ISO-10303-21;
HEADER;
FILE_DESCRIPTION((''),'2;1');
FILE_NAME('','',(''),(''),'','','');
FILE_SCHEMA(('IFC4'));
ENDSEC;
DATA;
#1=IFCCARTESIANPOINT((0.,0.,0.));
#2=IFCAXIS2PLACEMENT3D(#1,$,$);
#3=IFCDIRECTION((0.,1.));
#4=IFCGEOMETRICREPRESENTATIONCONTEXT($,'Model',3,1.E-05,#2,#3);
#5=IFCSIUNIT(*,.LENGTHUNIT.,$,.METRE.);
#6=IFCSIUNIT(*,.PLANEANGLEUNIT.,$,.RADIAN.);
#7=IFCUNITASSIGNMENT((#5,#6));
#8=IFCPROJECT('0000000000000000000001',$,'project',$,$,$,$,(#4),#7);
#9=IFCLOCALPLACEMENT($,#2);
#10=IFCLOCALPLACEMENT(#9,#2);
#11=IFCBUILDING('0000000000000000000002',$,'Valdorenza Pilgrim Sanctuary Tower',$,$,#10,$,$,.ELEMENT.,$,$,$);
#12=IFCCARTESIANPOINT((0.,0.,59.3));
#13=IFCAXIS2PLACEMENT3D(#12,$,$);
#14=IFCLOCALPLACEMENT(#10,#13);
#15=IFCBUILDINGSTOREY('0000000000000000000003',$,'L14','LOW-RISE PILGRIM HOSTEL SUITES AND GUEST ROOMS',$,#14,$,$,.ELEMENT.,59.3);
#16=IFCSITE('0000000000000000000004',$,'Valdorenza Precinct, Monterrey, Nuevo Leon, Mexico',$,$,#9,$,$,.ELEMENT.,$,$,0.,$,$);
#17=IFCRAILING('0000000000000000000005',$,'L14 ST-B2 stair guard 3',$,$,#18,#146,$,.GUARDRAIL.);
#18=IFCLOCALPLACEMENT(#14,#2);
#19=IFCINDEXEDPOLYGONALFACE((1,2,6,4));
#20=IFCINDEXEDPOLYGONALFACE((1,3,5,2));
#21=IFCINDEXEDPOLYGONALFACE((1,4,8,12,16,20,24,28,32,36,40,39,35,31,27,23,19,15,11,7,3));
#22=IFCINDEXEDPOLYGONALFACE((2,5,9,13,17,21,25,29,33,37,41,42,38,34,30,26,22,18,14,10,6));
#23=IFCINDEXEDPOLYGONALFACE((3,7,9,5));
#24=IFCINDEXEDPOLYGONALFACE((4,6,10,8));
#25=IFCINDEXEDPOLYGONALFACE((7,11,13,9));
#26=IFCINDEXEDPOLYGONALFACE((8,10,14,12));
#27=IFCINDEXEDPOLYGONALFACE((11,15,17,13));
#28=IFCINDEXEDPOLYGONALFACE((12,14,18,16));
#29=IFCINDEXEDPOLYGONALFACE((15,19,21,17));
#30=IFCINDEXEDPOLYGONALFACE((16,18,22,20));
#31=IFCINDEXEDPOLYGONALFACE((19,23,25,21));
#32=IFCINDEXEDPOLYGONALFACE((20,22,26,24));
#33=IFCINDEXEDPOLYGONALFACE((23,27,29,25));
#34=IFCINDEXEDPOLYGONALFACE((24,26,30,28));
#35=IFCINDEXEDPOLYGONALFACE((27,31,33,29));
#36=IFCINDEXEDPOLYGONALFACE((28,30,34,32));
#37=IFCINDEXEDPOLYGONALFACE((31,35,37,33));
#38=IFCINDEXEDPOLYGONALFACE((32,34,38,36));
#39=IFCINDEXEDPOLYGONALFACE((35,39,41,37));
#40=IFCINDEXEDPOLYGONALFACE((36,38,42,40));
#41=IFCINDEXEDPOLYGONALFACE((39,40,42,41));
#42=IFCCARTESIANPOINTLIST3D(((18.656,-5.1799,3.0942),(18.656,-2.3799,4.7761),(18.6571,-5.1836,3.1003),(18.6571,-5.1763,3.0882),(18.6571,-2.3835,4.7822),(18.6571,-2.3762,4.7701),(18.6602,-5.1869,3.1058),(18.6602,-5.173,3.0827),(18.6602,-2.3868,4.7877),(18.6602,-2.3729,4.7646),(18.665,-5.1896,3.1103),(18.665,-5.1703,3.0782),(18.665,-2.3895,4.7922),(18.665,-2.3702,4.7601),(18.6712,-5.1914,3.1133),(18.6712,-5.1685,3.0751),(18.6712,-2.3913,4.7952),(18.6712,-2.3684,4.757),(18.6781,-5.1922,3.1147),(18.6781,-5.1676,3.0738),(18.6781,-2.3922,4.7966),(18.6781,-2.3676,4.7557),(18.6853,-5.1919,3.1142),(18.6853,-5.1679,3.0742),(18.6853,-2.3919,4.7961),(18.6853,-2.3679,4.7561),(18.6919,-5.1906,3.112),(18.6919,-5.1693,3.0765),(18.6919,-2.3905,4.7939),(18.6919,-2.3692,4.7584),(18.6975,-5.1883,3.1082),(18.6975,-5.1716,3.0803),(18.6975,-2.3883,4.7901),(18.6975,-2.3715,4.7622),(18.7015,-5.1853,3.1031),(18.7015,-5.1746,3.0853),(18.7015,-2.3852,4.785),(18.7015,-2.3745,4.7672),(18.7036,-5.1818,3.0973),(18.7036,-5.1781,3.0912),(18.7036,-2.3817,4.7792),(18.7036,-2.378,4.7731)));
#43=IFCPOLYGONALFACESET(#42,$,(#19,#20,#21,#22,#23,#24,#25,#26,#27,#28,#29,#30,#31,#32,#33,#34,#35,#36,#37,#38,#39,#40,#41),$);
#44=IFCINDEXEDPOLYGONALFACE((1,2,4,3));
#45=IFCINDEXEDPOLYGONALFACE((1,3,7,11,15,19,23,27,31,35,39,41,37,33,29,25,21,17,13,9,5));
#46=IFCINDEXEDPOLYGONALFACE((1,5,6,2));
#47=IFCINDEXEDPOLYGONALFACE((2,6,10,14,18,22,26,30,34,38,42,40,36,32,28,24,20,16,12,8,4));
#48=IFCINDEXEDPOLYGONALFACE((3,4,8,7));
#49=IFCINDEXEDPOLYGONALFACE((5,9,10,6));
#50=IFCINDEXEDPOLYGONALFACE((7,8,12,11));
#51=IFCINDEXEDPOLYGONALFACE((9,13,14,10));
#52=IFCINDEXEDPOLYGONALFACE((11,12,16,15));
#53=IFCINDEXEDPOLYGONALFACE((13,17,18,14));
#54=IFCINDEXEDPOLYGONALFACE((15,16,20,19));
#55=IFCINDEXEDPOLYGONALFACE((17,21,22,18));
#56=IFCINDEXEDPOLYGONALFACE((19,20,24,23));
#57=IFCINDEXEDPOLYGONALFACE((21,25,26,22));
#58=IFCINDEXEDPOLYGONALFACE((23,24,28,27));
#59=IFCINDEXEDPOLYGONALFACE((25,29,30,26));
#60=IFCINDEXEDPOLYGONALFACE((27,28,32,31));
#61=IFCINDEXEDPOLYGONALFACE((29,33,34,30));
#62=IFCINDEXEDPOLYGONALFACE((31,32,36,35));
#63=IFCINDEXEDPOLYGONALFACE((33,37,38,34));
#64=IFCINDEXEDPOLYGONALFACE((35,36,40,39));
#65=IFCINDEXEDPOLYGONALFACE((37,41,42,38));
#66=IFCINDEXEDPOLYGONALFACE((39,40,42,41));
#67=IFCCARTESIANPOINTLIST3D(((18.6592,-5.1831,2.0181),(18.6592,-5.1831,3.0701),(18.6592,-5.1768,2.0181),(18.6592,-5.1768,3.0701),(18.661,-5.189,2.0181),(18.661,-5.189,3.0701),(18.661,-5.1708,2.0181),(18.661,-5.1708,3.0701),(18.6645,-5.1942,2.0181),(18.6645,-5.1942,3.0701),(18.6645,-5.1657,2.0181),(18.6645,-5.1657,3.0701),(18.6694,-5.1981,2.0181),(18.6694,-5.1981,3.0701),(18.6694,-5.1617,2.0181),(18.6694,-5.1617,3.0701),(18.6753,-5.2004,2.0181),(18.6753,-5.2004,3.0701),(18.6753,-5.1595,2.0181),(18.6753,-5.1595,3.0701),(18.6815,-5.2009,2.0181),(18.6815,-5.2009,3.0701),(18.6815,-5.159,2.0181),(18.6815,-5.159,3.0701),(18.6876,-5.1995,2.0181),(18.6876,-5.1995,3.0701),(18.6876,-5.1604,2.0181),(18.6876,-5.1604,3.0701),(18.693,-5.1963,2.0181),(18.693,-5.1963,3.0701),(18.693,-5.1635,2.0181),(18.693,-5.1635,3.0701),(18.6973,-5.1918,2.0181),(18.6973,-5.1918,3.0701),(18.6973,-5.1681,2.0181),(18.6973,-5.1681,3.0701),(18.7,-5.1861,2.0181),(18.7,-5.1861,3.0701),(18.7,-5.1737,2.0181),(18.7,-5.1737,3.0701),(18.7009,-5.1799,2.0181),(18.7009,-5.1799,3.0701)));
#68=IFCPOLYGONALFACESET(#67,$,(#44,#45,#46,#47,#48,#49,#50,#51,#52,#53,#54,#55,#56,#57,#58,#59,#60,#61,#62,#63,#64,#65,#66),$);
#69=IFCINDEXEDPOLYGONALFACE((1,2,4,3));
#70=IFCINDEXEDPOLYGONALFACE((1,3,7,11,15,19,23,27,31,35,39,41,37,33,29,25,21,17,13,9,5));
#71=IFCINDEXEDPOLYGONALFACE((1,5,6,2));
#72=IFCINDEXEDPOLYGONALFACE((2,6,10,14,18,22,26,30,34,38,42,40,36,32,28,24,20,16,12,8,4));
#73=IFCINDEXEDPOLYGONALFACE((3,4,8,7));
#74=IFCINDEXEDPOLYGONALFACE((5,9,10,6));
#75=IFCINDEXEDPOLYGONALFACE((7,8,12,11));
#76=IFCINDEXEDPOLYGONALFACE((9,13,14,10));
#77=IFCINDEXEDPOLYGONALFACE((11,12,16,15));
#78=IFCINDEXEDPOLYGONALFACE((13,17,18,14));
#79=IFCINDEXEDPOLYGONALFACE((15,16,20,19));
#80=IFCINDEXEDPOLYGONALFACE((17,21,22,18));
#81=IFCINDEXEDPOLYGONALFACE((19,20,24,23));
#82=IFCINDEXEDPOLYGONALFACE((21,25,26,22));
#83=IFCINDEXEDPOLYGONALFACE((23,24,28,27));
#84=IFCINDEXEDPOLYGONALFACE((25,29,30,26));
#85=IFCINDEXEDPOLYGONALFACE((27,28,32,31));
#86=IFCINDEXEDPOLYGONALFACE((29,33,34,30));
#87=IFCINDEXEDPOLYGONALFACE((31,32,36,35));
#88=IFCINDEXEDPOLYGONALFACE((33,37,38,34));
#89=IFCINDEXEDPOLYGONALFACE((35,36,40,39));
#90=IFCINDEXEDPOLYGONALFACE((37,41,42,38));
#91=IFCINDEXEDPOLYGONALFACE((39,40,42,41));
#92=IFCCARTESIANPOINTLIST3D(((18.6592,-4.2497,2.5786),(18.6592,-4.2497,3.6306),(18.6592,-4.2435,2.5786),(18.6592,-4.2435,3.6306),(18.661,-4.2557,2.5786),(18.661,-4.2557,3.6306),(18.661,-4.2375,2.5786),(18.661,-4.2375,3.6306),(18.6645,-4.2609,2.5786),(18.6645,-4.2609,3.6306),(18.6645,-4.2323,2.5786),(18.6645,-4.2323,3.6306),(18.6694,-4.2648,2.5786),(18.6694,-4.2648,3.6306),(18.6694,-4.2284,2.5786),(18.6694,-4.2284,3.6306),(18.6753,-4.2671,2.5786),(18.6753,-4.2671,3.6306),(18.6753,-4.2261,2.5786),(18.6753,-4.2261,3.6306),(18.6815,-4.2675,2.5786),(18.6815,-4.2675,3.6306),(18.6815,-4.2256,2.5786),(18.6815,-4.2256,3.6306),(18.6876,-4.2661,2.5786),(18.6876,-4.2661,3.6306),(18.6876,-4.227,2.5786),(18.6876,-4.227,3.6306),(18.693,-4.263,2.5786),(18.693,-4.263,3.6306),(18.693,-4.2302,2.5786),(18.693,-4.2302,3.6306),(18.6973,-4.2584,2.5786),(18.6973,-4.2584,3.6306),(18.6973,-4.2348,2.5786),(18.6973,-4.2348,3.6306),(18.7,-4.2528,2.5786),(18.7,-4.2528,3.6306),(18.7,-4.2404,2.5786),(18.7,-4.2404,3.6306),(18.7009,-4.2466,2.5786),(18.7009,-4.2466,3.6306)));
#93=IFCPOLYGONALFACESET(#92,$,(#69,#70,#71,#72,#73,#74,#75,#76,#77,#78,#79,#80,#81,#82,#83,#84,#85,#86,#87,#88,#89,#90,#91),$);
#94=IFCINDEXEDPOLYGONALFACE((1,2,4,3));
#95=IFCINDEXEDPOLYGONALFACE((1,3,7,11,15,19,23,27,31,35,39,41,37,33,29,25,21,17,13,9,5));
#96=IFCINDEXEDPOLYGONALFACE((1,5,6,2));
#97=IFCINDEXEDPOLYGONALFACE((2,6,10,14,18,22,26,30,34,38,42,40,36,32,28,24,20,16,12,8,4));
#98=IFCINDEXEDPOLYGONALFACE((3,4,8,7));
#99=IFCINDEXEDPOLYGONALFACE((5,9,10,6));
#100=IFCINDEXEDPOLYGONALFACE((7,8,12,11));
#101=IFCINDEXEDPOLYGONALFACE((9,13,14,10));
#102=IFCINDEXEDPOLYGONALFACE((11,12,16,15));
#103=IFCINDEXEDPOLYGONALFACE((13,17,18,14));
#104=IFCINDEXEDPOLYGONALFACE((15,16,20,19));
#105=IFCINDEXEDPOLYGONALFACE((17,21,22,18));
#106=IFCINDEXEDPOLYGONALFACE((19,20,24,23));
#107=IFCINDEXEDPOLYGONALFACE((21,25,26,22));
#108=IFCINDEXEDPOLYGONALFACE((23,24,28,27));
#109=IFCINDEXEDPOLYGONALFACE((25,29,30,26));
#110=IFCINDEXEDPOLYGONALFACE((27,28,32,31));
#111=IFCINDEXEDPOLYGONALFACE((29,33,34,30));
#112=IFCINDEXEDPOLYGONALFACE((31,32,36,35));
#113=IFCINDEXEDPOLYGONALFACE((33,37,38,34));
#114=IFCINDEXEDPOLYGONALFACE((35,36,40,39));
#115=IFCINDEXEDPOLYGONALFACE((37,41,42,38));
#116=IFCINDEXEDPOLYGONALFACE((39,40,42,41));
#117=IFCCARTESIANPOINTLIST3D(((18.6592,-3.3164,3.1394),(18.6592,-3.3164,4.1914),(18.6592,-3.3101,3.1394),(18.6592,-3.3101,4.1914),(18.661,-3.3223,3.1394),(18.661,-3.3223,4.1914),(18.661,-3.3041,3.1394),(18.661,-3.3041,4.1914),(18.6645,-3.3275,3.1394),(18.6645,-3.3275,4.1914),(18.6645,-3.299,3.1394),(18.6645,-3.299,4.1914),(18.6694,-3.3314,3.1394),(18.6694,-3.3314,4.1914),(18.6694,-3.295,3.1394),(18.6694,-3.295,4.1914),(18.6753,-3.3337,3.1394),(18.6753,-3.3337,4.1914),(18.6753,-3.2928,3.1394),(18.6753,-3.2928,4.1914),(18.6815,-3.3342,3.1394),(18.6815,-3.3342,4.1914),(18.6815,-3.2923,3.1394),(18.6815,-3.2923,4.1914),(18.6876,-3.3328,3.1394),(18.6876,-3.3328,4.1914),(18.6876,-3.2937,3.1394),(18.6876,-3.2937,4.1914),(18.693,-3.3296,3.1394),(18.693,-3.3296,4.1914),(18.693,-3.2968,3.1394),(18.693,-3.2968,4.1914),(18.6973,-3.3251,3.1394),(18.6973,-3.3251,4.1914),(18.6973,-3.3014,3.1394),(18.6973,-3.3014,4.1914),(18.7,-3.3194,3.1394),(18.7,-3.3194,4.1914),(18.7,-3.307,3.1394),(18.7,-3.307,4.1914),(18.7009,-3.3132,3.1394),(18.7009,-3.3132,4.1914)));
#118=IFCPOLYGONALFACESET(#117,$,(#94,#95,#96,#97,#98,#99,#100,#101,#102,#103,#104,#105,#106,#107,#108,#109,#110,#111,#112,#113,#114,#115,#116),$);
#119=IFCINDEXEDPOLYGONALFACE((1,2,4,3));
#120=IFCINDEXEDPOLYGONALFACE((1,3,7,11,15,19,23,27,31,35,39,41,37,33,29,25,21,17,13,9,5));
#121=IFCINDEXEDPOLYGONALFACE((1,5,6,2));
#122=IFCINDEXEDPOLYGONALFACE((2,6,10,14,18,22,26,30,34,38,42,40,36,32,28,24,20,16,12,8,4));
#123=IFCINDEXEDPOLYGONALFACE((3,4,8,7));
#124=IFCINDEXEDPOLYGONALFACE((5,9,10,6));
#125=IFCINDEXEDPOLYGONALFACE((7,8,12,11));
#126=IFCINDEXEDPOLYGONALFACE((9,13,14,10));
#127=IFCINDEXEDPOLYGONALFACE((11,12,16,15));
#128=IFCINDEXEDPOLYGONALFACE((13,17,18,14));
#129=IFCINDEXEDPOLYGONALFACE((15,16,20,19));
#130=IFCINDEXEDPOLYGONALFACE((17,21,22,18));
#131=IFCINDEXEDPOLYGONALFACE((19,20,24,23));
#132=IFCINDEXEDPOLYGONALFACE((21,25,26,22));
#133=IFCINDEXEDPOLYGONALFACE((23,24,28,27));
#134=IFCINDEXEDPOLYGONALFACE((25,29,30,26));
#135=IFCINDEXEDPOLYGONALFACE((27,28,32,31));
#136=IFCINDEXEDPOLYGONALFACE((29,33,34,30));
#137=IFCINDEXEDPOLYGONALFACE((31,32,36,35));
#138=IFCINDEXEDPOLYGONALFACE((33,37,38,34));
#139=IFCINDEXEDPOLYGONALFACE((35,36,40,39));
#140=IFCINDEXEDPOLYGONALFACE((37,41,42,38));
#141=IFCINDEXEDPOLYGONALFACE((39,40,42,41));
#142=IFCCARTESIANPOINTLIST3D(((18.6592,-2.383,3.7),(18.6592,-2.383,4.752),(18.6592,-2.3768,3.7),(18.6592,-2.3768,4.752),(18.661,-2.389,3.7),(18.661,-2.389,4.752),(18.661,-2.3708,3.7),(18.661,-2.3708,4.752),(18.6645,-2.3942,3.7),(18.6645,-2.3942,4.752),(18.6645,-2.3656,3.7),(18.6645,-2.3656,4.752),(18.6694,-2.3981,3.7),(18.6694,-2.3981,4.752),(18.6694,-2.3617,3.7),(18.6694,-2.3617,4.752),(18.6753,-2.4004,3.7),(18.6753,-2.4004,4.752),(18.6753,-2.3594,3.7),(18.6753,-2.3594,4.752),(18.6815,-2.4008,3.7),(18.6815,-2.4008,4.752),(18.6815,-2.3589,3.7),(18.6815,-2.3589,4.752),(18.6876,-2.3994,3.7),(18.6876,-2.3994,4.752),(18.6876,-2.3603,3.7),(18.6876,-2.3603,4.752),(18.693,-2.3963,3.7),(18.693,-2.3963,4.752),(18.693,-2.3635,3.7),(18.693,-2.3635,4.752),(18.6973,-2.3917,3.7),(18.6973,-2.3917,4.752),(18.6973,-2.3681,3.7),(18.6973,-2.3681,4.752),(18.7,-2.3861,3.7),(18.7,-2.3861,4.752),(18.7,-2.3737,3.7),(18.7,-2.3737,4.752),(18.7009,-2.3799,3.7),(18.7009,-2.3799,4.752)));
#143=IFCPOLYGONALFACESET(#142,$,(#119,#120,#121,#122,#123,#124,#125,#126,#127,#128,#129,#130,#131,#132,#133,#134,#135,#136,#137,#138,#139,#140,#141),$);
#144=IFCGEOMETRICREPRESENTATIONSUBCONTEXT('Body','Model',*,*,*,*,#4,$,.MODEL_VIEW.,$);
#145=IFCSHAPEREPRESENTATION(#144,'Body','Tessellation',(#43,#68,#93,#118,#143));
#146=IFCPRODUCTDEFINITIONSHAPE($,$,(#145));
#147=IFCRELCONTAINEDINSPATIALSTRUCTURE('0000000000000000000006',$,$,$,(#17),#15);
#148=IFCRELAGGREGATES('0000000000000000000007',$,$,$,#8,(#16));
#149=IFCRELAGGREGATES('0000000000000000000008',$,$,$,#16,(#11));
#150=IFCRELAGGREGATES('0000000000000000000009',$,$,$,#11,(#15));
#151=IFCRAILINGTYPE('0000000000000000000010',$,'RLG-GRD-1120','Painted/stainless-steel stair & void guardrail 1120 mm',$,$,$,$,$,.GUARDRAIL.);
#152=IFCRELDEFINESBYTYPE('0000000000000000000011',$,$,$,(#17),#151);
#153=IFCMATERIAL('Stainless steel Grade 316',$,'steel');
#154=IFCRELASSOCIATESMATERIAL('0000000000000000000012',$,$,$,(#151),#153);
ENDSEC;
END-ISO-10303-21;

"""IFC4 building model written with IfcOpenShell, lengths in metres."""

from ifc_helpers import new_model, si_unit, direction, frame, origin, origin_2d, place, context, subcontext, project, spatial, circle, extrude, material, type_object, element, save


model = new_model("IFC4")

# Units and contexts
model_context = context("Model", 3, precision=1e-05, world=origin(), true_north=direction((0.0, 1.0)))
body_context = subcontext(model_context, "Body", "Model", "MODEL_VIEW")
ifc_project = project(units=[si_unit("LENGTHUNIT", "METRE"), si_unit("PLANEANGLEUNIT", "RADIAN")], contexts=[model_context])

# Site, building, storey
site_placement = place(None, origin())
site = spatial("IfcSite", under=ifc_project, at=site_placement, Name="Valdorenza Precinct, Monterrey, Nuevo Leon, Mexico", CompositionType="ELEMENT", RefElevation=0.0)
building_placement = place(site_placement, origin())
building = spatial("IfcBuilding", under=site, at=building_placement, Name="Valdorenza Pilgrim Sanctuary Tower", CompositionType="ELEMENT")
storey_placement = place(building_placement, frame((0.0, 0.0, 59.3)))
storey = spatial("IfcBuildingStorey", under=building, at=storey_placement, Name="L14", Description="LOW-RISE PILGRIM HOSTEL SUITES AND GUEST ROOMS", CompositionType="ELEMENT", Elevation=59.3)

# Railing
ifc_material_1 = material(Name="Stainless steel Grade 316", Category="steel")
railing_type_1 = type_object("IfcRailingType", Name="RLG-GRD-1120", Description="Painted/stainless-steel stair & void guardrail 1120 mm", PredefinedType="GUARDRAIL", material=ifc_material_1)
railing_1_placement = place(storey_placement, frame((18.6799, -5.1799, 2.0181)))
element("IfcRailing", 1, at=railing_1_placement, inside=storey, type_object=railing_type_1, Name="L14 ST-B2 stair guard 3", PredefinedType="GUARDRAIL", context=body_context, shape_type="SweptSolid", body=[
    extrude(circle(Radius=0.0239, at=origin_2d()), frame((0.0, 0.0, 1.0762), z_axis=(0.0, 0.857242, 0.514913), x_axis=(-1.0, 0.0, 0.0)), (0.0, 0.0, 1.0), 3.2664),
    extrude(circle(Radius=0.021, at=origin_2d()), origin(), (0.0, 0.0, 1.0), 1.052),
    extrude(circle(Radius=0.021, at=origin_2d()), frame((0.0, 0.9333, 0.5605)), (0.0, 0.0, 1.0), 1.052),
    extrude(circle(Radius=0.021, at=origin_2d()), frame((0.0, 1.8667, 1.1213)), (0.0, 0.0, 1.0), 1.052),
    extrude(circle(Radius=0.021, at=origin_2d()), frame((0.0, 2.8, 1.6819)), (0.0, 0.0, 1.0), 1.052),
])

save(model, "model.ifc")
